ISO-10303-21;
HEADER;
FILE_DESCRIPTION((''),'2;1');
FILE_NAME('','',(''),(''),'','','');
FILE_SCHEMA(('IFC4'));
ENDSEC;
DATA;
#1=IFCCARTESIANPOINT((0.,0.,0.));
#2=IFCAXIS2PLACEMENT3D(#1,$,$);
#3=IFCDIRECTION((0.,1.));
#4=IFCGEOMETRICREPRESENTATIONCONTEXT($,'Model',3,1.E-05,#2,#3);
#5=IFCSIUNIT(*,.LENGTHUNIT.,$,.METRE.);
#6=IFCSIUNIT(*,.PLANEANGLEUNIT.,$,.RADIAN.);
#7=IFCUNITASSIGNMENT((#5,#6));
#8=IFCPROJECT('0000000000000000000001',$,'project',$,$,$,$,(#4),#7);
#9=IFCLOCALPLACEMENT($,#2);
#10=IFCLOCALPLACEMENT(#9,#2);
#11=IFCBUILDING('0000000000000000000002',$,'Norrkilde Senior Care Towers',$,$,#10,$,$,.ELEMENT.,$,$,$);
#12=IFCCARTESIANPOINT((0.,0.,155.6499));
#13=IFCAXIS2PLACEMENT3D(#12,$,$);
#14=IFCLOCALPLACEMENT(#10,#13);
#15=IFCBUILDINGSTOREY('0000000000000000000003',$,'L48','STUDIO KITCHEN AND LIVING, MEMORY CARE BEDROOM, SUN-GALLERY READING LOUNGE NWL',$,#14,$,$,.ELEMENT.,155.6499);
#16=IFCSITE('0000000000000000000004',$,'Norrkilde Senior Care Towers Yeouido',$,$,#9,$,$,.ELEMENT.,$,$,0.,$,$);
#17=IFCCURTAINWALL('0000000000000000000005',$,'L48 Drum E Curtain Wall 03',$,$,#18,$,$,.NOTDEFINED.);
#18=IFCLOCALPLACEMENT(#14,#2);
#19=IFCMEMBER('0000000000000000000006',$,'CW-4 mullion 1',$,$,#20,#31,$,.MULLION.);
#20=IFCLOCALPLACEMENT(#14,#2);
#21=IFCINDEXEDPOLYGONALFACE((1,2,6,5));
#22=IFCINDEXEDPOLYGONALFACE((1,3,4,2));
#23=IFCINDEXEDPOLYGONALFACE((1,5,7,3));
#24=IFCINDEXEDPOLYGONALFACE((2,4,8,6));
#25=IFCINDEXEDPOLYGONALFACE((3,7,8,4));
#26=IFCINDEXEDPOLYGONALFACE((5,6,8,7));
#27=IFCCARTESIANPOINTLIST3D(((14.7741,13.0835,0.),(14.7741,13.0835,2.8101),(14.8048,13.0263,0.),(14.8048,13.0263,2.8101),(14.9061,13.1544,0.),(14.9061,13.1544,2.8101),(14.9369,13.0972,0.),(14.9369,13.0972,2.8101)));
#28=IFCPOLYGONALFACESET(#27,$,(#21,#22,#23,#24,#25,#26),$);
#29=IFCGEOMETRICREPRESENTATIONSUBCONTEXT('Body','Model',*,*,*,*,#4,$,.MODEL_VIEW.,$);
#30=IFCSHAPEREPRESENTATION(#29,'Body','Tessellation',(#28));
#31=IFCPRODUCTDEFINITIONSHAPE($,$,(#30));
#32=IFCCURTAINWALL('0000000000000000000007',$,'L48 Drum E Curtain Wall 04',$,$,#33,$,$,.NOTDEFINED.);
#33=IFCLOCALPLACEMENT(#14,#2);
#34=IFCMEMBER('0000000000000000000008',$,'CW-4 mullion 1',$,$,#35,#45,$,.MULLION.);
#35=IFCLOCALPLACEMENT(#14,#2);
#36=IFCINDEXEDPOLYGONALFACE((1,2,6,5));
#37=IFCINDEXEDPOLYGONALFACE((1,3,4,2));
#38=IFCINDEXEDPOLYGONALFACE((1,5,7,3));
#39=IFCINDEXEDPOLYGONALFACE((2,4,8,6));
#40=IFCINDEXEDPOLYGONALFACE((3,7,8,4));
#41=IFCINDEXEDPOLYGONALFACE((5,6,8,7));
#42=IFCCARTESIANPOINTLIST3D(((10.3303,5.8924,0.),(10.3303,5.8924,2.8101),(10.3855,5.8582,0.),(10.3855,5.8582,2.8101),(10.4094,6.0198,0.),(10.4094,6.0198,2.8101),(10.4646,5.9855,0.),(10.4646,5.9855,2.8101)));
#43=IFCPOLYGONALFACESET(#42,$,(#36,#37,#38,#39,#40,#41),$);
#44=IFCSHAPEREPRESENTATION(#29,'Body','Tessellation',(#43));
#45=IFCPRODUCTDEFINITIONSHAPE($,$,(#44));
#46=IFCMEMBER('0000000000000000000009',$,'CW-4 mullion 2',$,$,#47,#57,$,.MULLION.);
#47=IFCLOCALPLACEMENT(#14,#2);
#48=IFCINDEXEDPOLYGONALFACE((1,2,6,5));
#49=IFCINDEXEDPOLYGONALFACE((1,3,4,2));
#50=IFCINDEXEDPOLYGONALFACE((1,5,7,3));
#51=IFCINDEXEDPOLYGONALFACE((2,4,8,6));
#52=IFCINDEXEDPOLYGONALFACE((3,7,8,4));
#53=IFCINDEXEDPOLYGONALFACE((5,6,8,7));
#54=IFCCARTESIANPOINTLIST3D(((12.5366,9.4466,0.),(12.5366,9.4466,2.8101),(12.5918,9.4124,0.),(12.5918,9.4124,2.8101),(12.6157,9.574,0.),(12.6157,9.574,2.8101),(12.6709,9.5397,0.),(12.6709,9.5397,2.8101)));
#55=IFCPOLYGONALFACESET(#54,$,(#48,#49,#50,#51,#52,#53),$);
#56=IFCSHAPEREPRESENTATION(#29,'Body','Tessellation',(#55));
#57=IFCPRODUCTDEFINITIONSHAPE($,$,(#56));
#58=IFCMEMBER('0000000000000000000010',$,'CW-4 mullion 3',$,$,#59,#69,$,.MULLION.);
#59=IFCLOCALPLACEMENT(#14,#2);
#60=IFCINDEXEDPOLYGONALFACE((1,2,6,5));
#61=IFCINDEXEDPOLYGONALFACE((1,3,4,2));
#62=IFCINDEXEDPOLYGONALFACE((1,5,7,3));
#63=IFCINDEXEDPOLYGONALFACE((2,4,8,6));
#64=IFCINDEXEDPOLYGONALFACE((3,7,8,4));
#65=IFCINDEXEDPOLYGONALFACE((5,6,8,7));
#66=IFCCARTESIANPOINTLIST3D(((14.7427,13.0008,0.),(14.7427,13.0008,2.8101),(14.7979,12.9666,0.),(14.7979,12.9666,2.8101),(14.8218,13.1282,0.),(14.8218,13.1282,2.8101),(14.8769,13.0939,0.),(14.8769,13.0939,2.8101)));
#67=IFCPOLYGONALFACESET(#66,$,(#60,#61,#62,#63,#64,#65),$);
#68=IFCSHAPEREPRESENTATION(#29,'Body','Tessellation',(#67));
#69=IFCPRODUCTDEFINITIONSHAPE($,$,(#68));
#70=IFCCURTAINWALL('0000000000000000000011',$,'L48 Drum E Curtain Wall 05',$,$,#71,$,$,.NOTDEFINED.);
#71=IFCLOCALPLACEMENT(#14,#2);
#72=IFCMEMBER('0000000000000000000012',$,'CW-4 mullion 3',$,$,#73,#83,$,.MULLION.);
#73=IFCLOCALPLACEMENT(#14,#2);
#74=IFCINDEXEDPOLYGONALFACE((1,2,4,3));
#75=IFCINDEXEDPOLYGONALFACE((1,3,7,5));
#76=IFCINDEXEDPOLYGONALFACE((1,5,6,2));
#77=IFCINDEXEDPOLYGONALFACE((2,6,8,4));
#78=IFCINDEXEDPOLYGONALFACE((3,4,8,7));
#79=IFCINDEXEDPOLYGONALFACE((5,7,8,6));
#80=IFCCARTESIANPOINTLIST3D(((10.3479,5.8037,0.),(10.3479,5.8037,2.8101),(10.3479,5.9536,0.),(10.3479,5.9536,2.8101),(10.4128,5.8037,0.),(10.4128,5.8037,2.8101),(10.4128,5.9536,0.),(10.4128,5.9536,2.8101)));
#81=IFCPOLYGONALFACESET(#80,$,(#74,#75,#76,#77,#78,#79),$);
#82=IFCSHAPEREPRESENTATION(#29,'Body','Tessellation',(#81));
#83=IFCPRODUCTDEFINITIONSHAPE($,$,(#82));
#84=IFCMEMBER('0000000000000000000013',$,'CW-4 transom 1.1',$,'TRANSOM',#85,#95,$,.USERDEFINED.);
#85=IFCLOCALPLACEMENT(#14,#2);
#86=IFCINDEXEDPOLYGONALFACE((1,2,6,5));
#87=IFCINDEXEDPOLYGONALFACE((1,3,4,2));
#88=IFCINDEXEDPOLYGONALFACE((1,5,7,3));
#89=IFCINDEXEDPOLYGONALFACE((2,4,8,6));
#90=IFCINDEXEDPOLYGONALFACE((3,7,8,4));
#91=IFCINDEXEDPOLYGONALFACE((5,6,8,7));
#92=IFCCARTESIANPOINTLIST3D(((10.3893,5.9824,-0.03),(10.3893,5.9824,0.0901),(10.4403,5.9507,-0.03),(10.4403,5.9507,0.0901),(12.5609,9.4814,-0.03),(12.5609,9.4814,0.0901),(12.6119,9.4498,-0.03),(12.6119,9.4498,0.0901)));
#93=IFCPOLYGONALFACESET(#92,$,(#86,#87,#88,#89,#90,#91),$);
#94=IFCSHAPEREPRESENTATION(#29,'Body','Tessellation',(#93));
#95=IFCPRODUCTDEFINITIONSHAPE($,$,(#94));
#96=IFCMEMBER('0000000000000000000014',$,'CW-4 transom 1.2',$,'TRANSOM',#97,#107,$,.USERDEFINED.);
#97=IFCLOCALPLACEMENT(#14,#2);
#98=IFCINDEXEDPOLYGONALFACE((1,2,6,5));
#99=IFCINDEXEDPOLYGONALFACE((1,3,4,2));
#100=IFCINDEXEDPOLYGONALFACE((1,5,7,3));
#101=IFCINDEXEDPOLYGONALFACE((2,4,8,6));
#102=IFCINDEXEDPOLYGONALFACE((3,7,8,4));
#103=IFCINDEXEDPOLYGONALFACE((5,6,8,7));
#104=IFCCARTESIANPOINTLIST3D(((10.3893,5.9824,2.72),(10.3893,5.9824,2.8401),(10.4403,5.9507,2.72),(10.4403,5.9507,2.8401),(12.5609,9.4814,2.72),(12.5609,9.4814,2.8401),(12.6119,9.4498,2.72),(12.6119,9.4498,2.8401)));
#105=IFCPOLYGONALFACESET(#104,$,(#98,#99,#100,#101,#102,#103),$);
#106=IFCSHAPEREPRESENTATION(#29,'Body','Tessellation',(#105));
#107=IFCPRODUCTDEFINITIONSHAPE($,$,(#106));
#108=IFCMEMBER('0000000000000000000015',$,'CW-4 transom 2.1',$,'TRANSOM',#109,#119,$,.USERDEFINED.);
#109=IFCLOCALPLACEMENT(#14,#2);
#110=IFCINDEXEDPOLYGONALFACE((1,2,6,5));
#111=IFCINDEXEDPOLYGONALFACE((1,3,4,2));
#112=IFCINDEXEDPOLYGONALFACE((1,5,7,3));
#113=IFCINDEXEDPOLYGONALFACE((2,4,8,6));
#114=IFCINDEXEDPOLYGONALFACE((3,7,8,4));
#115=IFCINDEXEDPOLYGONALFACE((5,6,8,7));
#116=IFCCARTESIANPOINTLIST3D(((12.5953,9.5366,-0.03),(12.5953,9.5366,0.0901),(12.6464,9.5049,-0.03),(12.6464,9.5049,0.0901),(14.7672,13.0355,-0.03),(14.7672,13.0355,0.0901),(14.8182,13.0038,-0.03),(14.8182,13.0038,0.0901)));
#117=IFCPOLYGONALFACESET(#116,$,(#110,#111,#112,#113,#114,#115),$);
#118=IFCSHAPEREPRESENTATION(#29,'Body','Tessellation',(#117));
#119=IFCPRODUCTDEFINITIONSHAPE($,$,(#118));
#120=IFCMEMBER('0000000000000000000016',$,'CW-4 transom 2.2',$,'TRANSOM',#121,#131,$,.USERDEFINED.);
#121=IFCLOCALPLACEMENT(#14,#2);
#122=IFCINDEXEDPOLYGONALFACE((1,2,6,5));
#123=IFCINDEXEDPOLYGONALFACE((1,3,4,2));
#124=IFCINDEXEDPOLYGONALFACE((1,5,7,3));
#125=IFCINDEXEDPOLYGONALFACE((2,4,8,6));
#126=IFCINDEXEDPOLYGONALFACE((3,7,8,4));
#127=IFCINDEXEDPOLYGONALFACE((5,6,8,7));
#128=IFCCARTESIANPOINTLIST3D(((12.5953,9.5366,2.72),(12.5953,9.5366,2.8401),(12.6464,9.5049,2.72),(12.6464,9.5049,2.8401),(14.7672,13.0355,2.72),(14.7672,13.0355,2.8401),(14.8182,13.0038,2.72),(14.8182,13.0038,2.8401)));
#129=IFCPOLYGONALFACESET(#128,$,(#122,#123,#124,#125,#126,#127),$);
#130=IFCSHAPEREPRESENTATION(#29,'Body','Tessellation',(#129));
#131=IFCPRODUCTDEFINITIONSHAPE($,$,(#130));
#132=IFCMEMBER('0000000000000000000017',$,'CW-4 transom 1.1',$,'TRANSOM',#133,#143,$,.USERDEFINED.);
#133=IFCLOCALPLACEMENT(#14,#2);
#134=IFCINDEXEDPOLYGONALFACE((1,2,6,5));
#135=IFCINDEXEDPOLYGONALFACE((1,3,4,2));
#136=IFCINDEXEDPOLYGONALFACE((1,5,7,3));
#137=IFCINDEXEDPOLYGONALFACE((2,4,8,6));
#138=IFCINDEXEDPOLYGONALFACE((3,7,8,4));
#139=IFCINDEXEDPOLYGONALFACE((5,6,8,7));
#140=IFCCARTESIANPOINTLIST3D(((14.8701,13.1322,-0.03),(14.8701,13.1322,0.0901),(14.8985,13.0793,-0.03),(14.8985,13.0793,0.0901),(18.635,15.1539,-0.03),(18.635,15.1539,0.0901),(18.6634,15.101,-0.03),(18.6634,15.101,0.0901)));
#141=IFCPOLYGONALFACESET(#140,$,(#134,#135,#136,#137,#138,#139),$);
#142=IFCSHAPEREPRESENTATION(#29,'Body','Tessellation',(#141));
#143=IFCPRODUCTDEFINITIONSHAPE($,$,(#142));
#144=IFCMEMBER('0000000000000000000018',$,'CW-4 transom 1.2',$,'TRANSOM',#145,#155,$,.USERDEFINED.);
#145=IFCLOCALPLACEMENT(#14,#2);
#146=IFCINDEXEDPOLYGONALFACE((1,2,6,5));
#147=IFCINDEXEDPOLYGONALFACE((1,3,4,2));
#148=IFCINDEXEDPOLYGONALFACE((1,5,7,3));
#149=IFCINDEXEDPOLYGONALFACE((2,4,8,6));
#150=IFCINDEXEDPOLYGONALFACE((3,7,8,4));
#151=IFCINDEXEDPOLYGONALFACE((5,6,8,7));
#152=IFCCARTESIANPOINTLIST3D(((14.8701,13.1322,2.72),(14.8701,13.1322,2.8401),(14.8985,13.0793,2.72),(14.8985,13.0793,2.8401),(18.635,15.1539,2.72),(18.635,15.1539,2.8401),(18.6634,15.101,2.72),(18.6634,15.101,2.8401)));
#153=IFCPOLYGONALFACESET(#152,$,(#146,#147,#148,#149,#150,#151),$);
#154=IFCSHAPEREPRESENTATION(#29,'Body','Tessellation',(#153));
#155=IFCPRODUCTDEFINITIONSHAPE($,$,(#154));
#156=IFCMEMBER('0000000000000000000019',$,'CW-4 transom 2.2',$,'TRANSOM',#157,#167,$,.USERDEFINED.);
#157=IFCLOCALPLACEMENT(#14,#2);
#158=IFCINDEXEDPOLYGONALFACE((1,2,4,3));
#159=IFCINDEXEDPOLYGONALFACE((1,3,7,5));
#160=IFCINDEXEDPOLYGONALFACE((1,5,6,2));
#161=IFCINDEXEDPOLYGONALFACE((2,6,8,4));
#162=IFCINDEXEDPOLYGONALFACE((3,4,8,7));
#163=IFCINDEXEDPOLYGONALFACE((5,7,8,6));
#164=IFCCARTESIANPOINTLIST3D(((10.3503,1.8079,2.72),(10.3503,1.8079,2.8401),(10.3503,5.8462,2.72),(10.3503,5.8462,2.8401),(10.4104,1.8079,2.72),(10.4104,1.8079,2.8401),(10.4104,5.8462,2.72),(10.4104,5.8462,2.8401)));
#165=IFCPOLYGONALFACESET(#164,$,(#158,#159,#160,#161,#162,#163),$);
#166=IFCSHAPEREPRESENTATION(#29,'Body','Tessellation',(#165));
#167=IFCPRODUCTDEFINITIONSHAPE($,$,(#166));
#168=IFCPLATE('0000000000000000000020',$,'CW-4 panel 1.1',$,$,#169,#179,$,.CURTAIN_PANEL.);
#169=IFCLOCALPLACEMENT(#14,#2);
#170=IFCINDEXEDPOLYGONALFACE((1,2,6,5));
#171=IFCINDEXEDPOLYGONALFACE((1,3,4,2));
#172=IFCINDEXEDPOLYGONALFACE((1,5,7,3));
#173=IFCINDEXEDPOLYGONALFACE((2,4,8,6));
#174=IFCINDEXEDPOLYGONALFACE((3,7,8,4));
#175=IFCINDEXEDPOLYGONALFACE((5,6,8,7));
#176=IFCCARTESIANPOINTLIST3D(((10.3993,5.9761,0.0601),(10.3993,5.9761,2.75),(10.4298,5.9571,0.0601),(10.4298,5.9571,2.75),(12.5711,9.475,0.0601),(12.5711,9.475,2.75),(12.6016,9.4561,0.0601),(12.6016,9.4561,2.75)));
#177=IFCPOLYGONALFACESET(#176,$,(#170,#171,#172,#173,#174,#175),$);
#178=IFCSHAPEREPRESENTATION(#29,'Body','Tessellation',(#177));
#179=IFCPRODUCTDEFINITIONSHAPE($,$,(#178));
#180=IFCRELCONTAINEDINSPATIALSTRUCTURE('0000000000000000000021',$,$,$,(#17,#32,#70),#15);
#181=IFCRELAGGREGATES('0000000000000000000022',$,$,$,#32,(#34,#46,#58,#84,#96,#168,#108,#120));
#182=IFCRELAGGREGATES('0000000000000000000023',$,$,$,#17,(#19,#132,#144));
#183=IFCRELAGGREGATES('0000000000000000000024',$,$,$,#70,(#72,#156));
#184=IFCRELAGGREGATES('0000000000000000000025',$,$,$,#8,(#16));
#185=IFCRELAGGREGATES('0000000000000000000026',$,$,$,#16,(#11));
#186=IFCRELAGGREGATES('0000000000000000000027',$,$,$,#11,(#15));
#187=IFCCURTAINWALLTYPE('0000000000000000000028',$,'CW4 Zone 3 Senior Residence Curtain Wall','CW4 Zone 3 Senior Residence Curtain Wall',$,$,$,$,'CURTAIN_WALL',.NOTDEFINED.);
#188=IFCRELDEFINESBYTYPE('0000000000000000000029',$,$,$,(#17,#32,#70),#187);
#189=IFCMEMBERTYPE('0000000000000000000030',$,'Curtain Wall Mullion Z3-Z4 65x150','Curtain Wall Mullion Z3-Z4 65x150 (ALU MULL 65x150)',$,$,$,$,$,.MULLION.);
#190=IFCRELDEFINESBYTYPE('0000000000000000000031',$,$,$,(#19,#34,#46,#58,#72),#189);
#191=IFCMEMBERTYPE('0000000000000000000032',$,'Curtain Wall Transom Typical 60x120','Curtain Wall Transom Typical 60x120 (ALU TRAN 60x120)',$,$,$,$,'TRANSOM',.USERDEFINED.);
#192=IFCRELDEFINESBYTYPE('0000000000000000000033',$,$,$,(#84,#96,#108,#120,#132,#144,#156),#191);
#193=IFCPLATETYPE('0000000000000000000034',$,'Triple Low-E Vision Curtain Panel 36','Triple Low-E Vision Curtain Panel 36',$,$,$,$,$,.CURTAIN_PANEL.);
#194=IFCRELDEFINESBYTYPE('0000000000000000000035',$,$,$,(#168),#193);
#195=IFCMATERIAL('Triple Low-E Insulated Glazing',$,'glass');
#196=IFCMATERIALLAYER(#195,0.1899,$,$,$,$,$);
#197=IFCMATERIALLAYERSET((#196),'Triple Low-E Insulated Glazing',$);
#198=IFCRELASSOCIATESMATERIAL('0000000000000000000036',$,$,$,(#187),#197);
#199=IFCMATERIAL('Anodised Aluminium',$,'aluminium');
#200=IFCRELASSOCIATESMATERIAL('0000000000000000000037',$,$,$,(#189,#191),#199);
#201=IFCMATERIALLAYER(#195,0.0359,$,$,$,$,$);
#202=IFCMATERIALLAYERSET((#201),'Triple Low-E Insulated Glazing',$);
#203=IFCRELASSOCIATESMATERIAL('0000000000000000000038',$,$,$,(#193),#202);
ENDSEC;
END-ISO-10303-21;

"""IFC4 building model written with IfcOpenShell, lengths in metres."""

from ifc_helpers import new_model, si_unit, direction, frame, origin, origin_2d, place, context, subcontext, project, spatial, rectangle, extrude, source, transform, mapped, material, layer, layer_set, material_profile, profile_set, type_object, type_shapes, element, aggregate, save


model = new_model("IFC4")

# Units and contexts
model_context = context("Model", 3, precision=1e-05, world=origin(), true_north=direction((0.0, 1.0)))
body_context = subcontext(model_context, "Body", "Model", "MODEL_VIEW")
ifc_project = project(units=[si_unit("LENGTHUNIT", "METRE"), si_unit("PLANEANGLEUNIT", "RADIAN")], contexts=[model_context])

# Site, building, storey
site_placement = place(None, origin())
site = spatial("IfcSite", under=ifc_project, at=site_placement, Name="Norrkilde Senior Care Towers Yeouido", CompositionType="ELEMENT", RefElevation=0.0)
building_placement = place(site_placement, origin())
building = spatial("IfcBuilding", under=site, at=building_placement, Name="Norrkilde Senior Care Towers", CompositionType="ELEMENT")
storey_placement = place(building_placement, frame((0.0, 0.0, 155.6499)))
storey = spatial("IfcBuildingStorey", under=building, at=storey_placement, Name="L48", Description="STUDIO KITCHEN AND LIVING, MEMORY CARE BEDROOM, SUN-GALLERY READING LOUNGE NWL", CompositionType="ELEMENT", Elevation=155.6499)

# Curtain wall, member
ifc_material_1 = material(Name="Triple Low-E Insulated Glazing", Category="glass")
ifc_layer_1 = layer(ifc_material_1, 0.1899)
ifc_layer_set_1 = layer_set([ifc_layer_1], Name="Triple Low-E Insulated Glazing")
curtain_wall_type = type_object("IfcCurtainWallType", Name="CW4 Zone 3 Senior Residence Curtain Wall", Description="CW4 Zone 3 Senior Residence Curtain Wall", ElementType="CURTAIN_WALL", PredefinedType="NOTDEFINED", material=ifc_layer_set_1)
curtain_wall_1_placement = place(storey_placement, origin())
curtain_wall_1 = element("IfcCurtainWall", 1, at=curtain_wall_1_placement, inside=storey, type_object=curtain_wall_type, Name="L48 Drum E Curtain Wall 03", PredefinedType="NOTDEFINED")
ifc_material_2 = material(Name="Anodised Aluminium", Category="aluminium")
ifc_material_profile_1 = material_profile(ifc_material_2, rectangle(XDim=0.0649, YDim=0.1499, at=origin_2d()), Name="ALU MULL 65x150")
ifc_profile_set_1 = profile_set([ifc_material_profile_1], Name="Anodised Aluminium")
member_type_1 = type_object("IfcMemberType", Name="Curtain Wall Mullion Z3-Z4 65x150", Description="Curtain Wall Mullion Z3-Z4 65x150 (ALU MULL 65x150)", PredefinedType="MULLION", material=ifc_profile_set_1)
shared_shape_1 = source(origin(), body_context, "Body", "SweptSolid", [
    extrude(rectangle(XDim=0.0649, YDim=0.1499, at=origin_2d()), origin(), (0.0, 0.0, 1.0), 2.8101),
])
type_shapes(member_type_1, [shared_shape_1])
member_1_placement = place(storey_placement, frame((14.8555, 13.0903, 0.0), z_axis=(0.0, 0.0, 1.0), x_axis=(-0.473117, 0.881, 0.0)))
member_1 = element("IfcMember", 2, at=member_1_placement, type_object=member_type_1, Name="CW-4 mullion 1", PredefinedType="MULLION", context=body_context, shape_type="MappedRepresentation", body=[
    mapped(shared_shape_1, transform((0.0, 0.0, 0.0), x_axis=(1.0, 0.0, 0.0), y_axis=(0.0, 1.0, 0.0), z_axis=(0.0, 0.0, 1.0), scale=1.0)),
])

# Curtain wall, members
curtain_wall_2_placement = place(storey_placement, origin())
curtain_wall_2 = element("IfcCurtainWall", 3, at=curtain_wall_2_placement, inside=storey, type_object=curtain_wall_type, Name="L48 Drum E Curtain Wall 04", PredefinedType="NOTDEFINED")
member_2_placement = place(storey_placement, frame((10.3975, 5.939, 0.0), z_axis=(0.0, 0.0, 1.0), x_axis=(-0.849634, 0.527373, 0.0)))
member_2 = element("IfcMember", 4, at=member_2_placement, type_object=member_type_1, Name="CW-4 mullion 1", PredefinedType="MULLION", context=body_context, shape_type="MappedRepresentation", body=[
    mapped(shared_shape_1, transform((0.0, 0.0, 0.0), x_axis=(1.0, 0.0, 0.0), y_axis=(0.0, 1.0, 0.0), z_axis=(0.0, 0.0, 1.0), scale=1.0)),
])
member_3_placement = place(storey_placement, frame((12.6038, 9.4932, 0.0), z_axis=(0.0, 0.0, 1.0), x_axis=(-0.849634, 0.527373, 0.0)))
member_3 = element("IfcMember", 5, at=member_3_placement, type_object=member_type_1, Name="CW-4 mullion 2", PredefinedType="MULLION", context=body_context, shape_type="MappedRepresentation", body=[
    mapped(shared_shape_1, transform((0.0, 0.0, 0.0), x_axis=(1.0, 0.0, 0.0), y_axis=(0.0, 1.0, 0.0), z_axis=(0.0, 0.0, 1.0), scale=1.0)),
])
member_4_placement = place(storey_placement, frame((14.8098, 13.0474, 0.0), z_axis=(0.0, 0.0, 1.0), x_axis=(-0.849634, 0.527373, 0.0)))
member_4 = element("IfcMember", 6, at=member_4_placement, type_object=member_type_1, Name="CW-4 mullion 3", PredefinedType="MULLION", context=body_context, shape_type="MappedRepresentation", body=[
    mapped(shared_shape_1, transform((0.0, 0.0, 0.0), x_axis=(1.0, 0.0, 0.0), y_axis=(0.0, 1.0, 0.0), z_axis=(0.0, 0.0, 1.0), scale=1.0)),
])

# Curtain wall, member
curtain_wall_3_placement = place(storey_placement, origin())
curtain_wall_3 = element("IfcCurtainWall", 7, at=curtain_wall_3_placement, inside=storey, type_object=curtain_wall_type, Name="L48 Drum E Curtain Wall 05", PredefinedType="NOTDEFINED")
member_5_placement = place(storey_placement, frame((10.3804, 5.8787, 0.0), z_axis=(0.0, 0.0, 1.0), x_axis=(-1.0, 0.0, 0.0)))
member_5 = element("IfcMember", 8, at=member_5_placement, type_object=member_type_1, Name="CW-4 mullion 3", PredefinedType="MULLION", context=body_context, shape_type="MappedRepresentation", body=[
    mapped(shared_shape_1, transform((0.0, 0.0, 0.0), x_axis=(1.0, 0.0, 0.0), y_axis=(0.0, 1.0, 0.0), z_axis=(0.0, 0.0, 1.0), scale=1.0)),
])

# Members
ifc_material_profile_2 = material_profile(ifc_material_2, rectangle(XDim=0.0601, YDim=0.1201, at=origin_2d()), Name="ALU TRAN 60x120")
ifc_profile_set_2 = profile_set([ifc_material_profile_2], Name="Anodised Aluminium")
member_type_2 = type_object("IfcMemberType", Name="Curtain Wall Transom Typical 60x120", Description="Curtain Wall Transom Typical 60x120 (ALU TRAN 60x120)", ElementType="TRANSOM", PredefinedType="USERDEFINED", material=ifc_profile_set_2)
shared_shape_2 = source(origin(), body_context, "Body", "SweptSolid", [
    extrude(rectangle(XDim=0.0601, YDim=0.1201, at=origin_2d()), origin(), (0.0, 0.0, 1.0), 4.1182),
])
member_6_placement = place(storey_placement, frame((10.4148, 5.9666, 0.03), z_axis=(0.527332, 0.849659, 0.0), x_axis=(-0.849659, 0.527332, 0.0)))
member_6 = element("IfcMember", 9, at=member_6_placement, type_object=member_type_2, Name="CW-4 transom 1.1", ObjectType="TRANSOM", PredefinedType="USERDEFINED", context=body_context, shape_type="MappedRepresentation", body=[
    mapped(shared_shape_2, transform((0.0, 0.0, 0.0), x_axis=(1.0, 0.0, 0.0), y_axis=(0.0, 1.0, 0.0), z_axis=(0.0, 0.0, 1.0), scale=1.0)),
])
member_7_placement = place(storey_placement, frame((10.4148, 5.9666, 2.78), z_axis=(0.527332, 0.849659, 0.0), x_axis=(-0.849659, 0.527332, 0.0)))
member_7 = element("IfcMember", 10, at=member_7_placement, type_object=member_type_2, Name="CW-4 transom 1.2", ObjectType="TRANSOM", PredefinedType="USERDEFINED", context=body_context, shape_type="MappedRepresentation", body=[
    mapped(shared_shape_2, transform((0.0, 0.0, 0.0), x_axis=(1.0, 0.0, 0.0), y_axis=(0.0, 1.0, 0.0), z_axis=(0.0, 0.0, 1.0), scale=1.0)),
])
member_8_placement = place(storey_placement, frame((12.6208, 9.5208, 0.03), z_axis=(0.527375, 0.849633, 0.0), x_axis=(-0.849633, 0.527375, 0.0)))
member_8 = element("IfcMember", 11, at=member_8_placement, type_object=member_type_2, Name="CW-4 transom 2.1", ObjectType="TRANSOM", PredefinedType="USERDEFINED", context=body_context, shape_type="MappedRepresentation", body=[
    mapped(shared_shape_2, transform((0.0, 0.0, 0.0), x_axis=(1.0, 0.0, 0.0), y_axis=(0.0, 1.0, 0.0), z_axis=(0.0, 0.0, 1.0), scale=1.0)),
])
member_9_placement = place(storey_placement, frame((12.6208, 9.5208, 2.78), z_axis=(0.527375, 0.849633, 0.0), x_axis=(-0.849633, 0.527375, 0.0)))
member_9 = element("IfcMember", 12, at=member_9_placement, type_object=member_type_2, Name="CW-4 transom 2.2", ObjectType="TRANSOM", PredefinedType="USERDEFINED", context=body_context, shape_type="MappedRepresentation", body=[
    mapped(shared_shape_2, transform((0.0, 0.0, 0.0), x_axis=(1.0, 0.0, 0.0), y_axis=(0.0, 1.0, 0.0), z_axis=(0.0, 0.0, 1.0), scale=1.0)),
])
shared_shape_3 = source(origin(), body_context, "Body", "SweptSolid", [
    extrude(rectangle(XDim=0.0601, YDim=0.1201, at=origin_2d()), origin(), (0.0, 0.0, 1.0), 4.2734),
])
member_10_placement = place(storey_placement, frame((14.8843, 13.1057, 0.03), z_axis=(0.88101, 0.473098, 0.0), x_axis=(-0.473098, 0.88101, 0.0)))
member_10 = element("IfcMember", 13, at=member_10_placement, type_object=member_type_2, Name="CW-4 transom 1.1", ObjectType="TRANSOM", PredefinedType="USERDEFINED", context=body_context, shape_type="MappedRepresentation", body=[
    mapped(shared_shape_3, transform((0.0, 0.0, 0.0), x_axis=(1.0, 0.0, 0.0), y_axis=(0.0, 1.0, 0.0), z_axis=(0.0, 0.0, 1.0), scale=1.0)),
])
member_11_placement = place(storey_placement, frame((14.8843, 13.1057, 2.78), z_axis=(0.88101, 0.473098, 0.0), x_axis=(-0.473098, 0.88101, 0.0)))
member_11 = element("IfcMember", 14, at=member_11_placement, type_object=member_type_2, Name="CW-4 transom 1.2", ObjectType="TRANSOM", PredefinedType="USERDEFINED", context=body_context, shape_type="MappedRepresentation", body=[
    mapped(shared_shape_3, transform((0.0, 0.0, 0.0), x_axis=(1.0, 0.0, 0.0), y_axis=(0.0, 1.0, 0.0), z_axis=(0.0, 0.0, 1.0), scale=1.0)),
])
shared_shape_4 = source(origin(), body_context, "Body", "SweptSolid", [
    extrude(rectangle(XDim=0.0601, YDim=0.1201, at=origin_2d()), origin(), (0.0, 0.0, 1.0), 4.0383),
])
type_shapes(member_type_2, [shared_shape_2, shared_shape_3, shared_shape_4])
member_12_placement = place(storey_placement, frame((10.3804, 1.8079, 2.78), z_axis=(0.0, 1.0, 0.0), x_axis=(-1.0, 0.0, 0.0)))
member_12 = element("IfcMember", 15, at=member_12_placement, type_object=member_type_2, Name="CW-4 transom 2.2", ObjectType="TRANSOM", PredefinedType="USERDEFINED", context=body_context, shape_type="MappedRepresentation", body=[
    mapped(shared_shape_4, transform((0.0, 0.0, 0.0), x_axis=(1.0, 0.0, 0.0), y_axis=(0.0, 1.0, 0.0), z_axis=(0.0, 0.0, 1.0), scale=1.0)),
])

# Plate
ifc_layer_2 = layer(ifc_material_1, 0.0359)
ifc_layer_set_2 = layer_set([ifc_layer_2], Name="Triple Low-E Insulated Glazing")
plate_type = type_object("IfcPlateType", Name="Triple Low-E Vision Curtain Panel 36", Description="Triple Low-E Vision Curtain Panel 36", PredefinedType="CURTAIN_PANEL", material=ifc_layer_set_2)
shared_shape_5 = source(origin(), body_context, "Body", "SweptSolid", [
    extrude(rectangle(XDim=4.1182, YDim=0.0359, at=origin_2d()), origin(), (0.0, 0.0, 1.0), 2.6899),
])
plate_1_placement = place(storey_placement, frame((11.5005, 7.7161, 0.0601), z_axis=(0.0, 0.0, 1.0), x_axis=(0.527373, 0.849634, 0.0)))
plate_1 = element("IfcPlate", 16, at=plate_1_placement, type_object=plate_type, Name="CW-4 panel 1.1", PredefinedType="CURTAIN_PANEL", context=body_context, shape_type="MappedRepresentation", body=[
    mapped(shared_shape_5, transform((0.0, 0.0, 0.0), x_axis=(1.0, 0.0, 0.0), y_axis=(0.0, 1.0, 0.0), z_axis=(0.0, 0.0, 1.0), scale=1.0)),
])
aggregate(curtain_wall_2, [member_2, member_3, member_4, member_6, member_7, plate_1, member_8, member_9])
aggregate(curtain_wall_1, [member_1, member_10, member_11])
aggregate(curtain_wall_3, [member_5, member_12])

save(model, "model.ifc")
